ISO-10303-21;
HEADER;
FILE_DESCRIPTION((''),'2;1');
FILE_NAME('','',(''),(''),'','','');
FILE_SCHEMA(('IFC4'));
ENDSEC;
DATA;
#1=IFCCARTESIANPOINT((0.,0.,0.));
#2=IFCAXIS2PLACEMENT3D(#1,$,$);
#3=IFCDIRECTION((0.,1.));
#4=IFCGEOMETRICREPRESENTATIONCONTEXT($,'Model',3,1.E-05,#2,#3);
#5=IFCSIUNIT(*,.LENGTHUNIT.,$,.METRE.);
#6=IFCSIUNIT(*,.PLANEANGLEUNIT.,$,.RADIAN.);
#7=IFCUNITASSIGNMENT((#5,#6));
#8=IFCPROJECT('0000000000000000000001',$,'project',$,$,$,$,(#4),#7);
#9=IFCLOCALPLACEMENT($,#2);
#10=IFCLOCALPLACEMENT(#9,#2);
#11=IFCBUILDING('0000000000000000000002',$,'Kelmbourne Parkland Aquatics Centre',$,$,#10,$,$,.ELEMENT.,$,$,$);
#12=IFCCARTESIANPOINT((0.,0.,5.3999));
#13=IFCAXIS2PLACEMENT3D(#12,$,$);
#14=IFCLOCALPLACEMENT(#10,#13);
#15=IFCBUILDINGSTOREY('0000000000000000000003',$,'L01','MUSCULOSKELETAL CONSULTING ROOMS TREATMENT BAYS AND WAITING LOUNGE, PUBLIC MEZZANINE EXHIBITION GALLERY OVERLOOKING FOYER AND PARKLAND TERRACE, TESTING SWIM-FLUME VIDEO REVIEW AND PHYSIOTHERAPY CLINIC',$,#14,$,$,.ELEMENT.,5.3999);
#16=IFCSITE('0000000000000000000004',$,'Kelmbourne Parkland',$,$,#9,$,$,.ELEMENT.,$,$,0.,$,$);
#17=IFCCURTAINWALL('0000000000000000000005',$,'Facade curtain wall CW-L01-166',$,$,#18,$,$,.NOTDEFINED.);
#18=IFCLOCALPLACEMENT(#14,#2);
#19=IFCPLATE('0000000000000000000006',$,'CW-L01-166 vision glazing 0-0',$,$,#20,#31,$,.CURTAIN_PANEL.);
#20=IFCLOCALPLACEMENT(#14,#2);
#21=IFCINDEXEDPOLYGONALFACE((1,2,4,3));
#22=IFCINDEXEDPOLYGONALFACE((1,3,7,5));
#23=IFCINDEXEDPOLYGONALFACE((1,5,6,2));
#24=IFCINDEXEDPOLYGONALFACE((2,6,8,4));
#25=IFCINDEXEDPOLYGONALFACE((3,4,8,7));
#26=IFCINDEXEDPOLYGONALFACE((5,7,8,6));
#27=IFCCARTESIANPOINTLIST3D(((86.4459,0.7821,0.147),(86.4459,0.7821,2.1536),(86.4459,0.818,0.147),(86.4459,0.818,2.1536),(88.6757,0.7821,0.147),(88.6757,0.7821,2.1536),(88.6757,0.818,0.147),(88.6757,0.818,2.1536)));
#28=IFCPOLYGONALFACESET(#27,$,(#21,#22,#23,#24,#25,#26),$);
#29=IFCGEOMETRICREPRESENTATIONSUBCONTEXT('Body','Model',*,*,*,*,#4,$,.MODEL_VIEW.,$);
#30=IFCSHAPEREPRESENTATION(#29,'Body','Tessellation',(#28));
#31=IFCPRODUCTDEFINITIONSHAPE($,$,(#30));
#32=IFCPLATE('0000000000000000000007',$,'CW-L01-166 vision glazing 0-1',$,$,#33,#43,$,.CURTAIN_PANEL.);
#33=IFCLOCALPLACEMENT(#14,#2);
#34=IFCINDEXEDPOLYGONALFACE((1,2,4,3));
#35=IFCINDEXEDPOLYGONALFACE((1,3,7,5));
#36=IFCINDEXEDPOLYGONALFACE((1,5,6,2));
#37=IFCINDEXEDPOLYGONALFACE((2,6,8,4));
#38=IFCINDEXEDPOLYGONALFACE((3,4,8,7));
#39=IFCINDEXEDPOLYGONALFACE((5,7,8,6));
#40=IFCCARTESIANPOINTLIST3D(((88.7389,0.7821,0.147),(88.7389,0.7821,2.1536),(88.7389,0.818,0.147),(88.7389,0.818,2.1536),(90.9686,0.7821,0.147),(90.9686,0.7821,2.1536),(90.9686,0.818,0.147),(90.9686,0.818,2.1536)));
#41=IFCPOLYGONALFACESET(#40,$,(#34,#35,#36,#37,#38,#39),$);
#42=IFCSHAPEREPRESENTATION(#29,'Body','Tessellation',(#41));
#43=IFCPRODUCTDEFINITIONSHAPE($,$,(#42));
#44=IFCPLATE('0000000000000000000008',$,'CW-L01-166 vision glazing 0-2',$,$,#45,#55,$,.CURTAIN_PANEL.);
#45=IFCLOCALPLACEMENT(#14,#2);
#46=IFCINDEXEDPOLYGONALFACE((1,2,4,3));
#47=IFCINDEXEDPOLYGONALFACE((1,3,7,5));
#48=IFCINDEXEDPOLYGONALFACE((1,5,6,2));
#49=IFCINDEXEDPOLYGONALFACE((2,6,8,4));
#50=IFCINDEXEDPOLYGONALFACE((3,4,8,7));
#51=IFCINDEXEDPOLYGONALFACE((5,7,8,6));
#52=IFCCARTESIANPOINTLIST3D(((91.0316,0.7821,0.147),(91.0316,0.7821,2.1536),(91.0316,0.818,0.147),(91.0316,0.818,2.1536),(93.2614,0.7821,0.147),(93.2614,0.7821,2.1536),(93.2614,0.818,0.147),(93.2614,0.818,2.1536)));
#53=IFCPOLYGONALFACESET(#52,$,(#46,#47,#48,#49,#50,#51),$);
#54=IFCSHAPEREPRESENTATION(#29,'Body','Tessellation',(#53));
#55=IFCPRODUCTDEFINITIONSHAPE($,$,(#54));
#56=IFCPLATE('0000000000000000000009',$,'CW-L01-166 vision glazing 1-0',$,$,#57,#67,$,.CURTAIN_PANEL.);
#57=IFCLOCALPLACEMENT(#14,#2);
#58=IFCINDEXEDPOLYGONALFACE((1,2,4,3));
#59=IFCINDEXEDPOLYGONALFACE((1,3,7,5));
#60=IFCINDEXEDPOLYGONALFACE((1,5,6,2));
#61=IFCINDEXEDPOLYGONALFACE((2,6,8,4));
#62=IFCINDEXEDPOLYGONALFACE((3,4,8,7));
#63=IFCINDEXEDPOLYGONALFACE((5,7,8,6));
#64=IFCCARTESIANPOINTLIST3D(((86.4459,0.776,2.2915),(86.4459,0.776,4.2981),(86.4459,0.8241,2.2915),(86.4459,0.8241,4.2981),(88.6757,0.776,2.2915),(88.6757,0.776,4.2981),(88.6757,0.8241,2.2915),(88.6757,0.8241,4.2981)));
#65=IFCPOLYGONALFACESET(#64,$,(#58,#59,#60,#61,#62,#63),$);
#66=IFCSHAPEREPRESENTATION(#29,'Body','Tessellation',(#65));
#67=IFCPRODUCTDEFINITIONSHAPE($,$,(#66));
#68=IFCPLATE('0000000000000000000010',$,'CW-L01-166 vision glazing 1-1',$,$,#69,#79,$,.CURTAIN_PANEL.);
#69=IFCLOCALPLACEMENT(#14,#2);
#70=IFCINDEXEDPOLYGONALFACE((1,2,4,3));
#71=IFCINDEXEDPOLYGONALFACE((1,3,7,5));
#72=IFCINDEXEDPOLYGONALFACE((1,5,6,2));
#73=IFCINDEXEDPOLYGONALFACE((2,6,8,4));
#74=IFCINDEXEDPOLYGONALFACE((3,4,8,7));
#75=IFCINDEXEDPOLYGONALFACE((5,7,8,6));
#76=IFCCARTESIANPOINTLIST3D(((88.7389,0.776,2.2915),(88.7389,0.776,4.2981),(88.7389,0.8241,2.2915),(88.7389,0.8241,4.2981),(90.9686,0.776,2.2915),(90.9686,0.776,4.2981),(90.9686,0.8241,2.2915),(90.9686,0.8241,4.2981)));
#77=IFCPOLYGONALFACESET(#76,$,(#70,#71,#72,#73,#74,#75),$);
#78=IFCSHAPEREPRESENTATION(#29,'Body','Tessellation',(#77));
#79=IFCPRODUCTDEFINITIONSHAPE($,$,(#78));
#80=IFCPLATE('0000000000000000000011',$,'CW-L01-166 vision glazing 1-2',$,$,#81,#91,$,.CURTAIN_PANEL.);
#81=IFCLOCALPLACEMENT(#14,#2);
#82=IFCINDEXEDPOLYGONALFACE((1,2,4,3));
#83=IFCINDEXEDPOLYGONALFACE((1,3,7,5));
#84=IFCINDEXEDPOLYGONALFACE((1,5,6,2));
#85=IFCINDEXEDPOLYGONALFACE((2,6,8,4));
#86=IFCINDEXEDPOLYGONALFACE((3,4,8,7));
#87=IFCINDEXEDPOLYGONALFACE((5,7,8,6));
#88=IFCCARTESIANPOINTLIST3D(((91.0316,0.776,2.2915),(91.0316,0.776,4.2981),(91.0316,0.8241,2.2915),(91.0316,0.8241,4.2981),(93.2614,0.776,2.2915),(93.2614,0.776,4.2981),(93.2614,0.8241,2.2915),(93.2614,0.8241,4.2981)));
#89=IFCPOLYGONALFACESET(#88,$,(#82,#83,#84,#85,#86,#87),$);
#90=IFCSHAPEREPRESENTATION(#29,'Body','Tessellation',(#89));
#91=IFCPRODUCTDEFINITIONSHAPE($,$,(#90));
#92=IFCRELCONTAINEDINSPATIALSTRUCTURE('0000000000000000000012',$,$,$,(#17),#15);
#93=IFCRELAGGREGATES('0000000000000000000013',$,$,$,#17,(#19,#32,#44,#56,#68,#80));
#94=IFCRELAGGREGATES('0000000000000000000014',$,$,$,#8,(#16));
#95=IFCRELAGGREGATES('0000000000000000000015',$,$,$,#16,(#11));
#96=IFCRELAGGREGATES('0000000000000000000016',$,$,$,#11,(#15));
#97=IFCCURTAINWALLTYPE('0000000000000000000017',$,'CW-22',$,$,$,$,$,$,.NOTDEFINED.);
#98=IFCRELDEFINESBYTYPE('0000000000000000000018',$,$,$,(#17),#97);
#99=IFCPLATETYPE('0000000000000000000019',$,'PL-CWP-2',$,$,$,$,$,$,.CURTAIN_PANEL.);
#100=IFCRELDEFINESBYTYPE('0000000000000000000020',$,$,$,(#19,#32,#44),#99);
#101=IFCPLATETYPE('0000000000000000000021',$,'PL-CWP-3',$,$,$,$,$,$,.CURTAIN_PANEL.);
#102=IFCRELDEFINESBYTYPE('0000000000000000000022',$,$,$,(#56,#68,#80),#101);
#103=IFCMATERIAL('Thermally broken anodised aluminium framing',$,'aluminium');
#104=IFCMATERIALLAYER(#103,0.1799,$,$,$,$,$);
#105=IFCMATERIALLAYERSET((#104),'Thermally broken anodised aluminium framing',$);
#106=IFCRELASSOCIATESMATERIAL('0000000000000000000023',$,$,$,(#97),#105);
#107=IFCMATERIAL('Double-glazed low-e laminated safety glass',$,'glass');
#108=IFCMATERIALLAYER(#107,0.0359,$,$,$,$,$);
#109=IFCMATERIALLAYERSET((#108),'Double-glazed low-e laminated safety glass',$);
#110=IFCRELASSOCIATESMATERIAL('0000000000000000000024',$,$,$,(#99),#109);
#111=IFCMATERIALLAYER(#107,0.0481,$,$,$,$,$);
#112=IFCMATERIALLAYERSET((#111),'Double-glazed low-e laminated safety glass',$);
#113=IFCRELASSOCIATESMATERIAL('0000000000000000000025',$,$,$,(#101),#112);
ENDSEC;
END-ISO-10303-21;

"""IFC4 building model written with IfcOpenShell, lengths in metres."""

from ifc_helpers import new_model, si_unit, direction, frame, origin, origin_2d, place, context, subcontext, project, spatial, rectangle, extrude, material, layer, layer_set, type_object, element, aggregate, save


model = new_model("IFC4")

# Units and contexts
model_context = context("Model", 3, precision=1e-05, world=origin(), true_north=direction((0.0, 1.0)))
body_context = subcontext(model_context, "Body", "Model", "MODEL_VIEW")
ifc_project = project(units=[si_unit("LENGTHUNIT", "METRE"), si_unit("PLANEANGLEUNIT", "RADIAN")], contexts=[model_context])

# Site, building, storey
site_placement = place(None, origin())
site = spatial("IfcSite", under=ifc_project, at=site_placement, Name="Kelmbourne Parkland", CompositionType="ELEMENT", RefElevation=0.0)
building_placement = place(site_placement, origin())
building = spatial("IfcBuilding", under=site, at=building_placement, Name="Kelmbourne Parkland Aquatics Centre", CompositionType="ELEMENT")
storey_placement = place(building_placement, frame((0.0, 0.0, 5.3999)))
storey = spatial("IfcBuildingStorey", under=building, at=storey_placement, Name="L01", Description="MUSCULOSKELETAL CONSULTING ROOMS TREATMENT BAYS AND WAITING LOUNGE, PUBLIC MEZZANINE EXHIBITION GALLERY OVERLOOKING FOYER AND PARKLAND TERRACE, TESTING SWIM-FLUME VIDEO REVIEW AND PHYSIOTHERAPY CLINIC", CompositionType="ELEMENT", Elevation=5.3999)

# Curtain wall, plates
ifc_material_1 = material(Name="Thermally broken anodised aluminium framing", Category="aluminium")
ifc_layer_1 = layer(ifc_material_1, 0.1799)
ifc_layer_set_1 = layer_set([ifc_layer_1], Name="Thermally broken anodised aluminium framing")
curtain_wall_type = type_object("IfcCurtainWallType", Name="CW-22", PredefinedType="NOTDEFINED", material=ifc_layer_set_1)
curtain_wall_placement = place(storey_placement, origin())
curtain_wall = element("IfcCurtainWall", 1, at=curtain_wall_placement, inside=storey, type_object=curtain_wall_type, Name="Facade curtain wall CW-L01-166", PredefinedType="NOTDEFINED")
ifc_material_2 = material(Name="Double-glazed low-e laminated safety glass", Category="glass")
ifc_layer_2 = layer(ifc_material_2, 0.0359)
ifc_layer_set_2 = layer_set([ifc_layer_2], Name="Double-glazed low-e laminated safety glass")
plate_type_1 = type_object("IfcPlateType", Name="PL-CWP-2", PredefinedType="CURTAIN_PANEL", material=ifc_layer_set_2)
plate_1_placement = place(storey_placement, frame((87.5608, 0.8, 0.147), z_axis=(0.0, 0.0, 1.0), x_axis=(1.0, 0.0, 0.0)))
plate_1 = element("IfcPlate", 2, at=plate_1_placement, type_object=plate_type_1, Name="CW-L01-166 vision glazing 0-0", PredefinedType="CURTAIN_PANEL", context=body_context, shape_type="SweptSolid", body=[
    extrude(rectangle(XDim=2.2297, YDim=0.0359, at=origin_2d()), origin(), (0.0, 0.0, 1.0), 2.0066),
])
plate_2_placement = place(storey_placement, frame((89.8538, 0.8, 0.147), z_axis=(0.0, 0.0, 1.0), x_axis=(1.0, 0.0, 0.0)))
plate_2 = element("IfcPlate", 3, at=plate_2_placement, type_object=plate_type_1, Name="CW-L01-166 vision glazing 0-1", PredefinedType="CURTAIN_PANEL", context=body_context, shape_type="SweptSolid", body=[
    extrude(rectangle(XDim=2.2297, YDim=0.0359, at=origin_2d()), origin(), (0.0, 0.0, 1.0), 2.0066),
])
plate_3_placement = place(storey_placement, frame((92.1465, 0.8, 0.147), z_axis=(0.0, 0.0, 1.0), x_axis=(1.0, 0.0, 0.0)))
plate_3 = element("IfcPlate", 4, at=plate_3_placement, type_object=plate_type_1, Name="CW-L01-166 vision glazing 0-2", PredefinedType="CURTAIN_PANEL", context=body_context, shape_type="SweptSolid", body=[
    extrude(rectangle(XDim=2.2297, YDim=0.0359, at=origin_2d()), origin(), (0.0, 0.0, 1.0), 2.0066),
])
ifc_layer_3 = layer(ifc_material_2, 0.0481)
ifc_layer_set_3 = layer_set([ifc_layer_3], Name="Double-glazed low-e laminated safety glass")
plate_type_2 = type_object("IfcPlateType", Name="PL-CWP-3", PredefinedType="CURTAIN_PANEL", material=ifc_layer_set_3)
plate_4_placement = place(storey_placement, frame((87.5608, 0.8, 2.2915), z_axis=(0.0, 0.0, 1.0), x_axis=(1.0, 0.0, 0.0)))
plate_4 = element("IfcPlate", 5, at=plate_4_placement, type_object=plate_type_2, Name="CW-L01-166 vision glazing 1-0", PredefinedType="CURTAIN_PANEL", context=body_context, shape_type="SweptSolid", body=[
    extrude(rectangle(XDim=2.2297, YDim=0.0481, at=origin_2d()), origin(), (0.0, 0.0, 1.0), 2.0066),
])
plate_5_placement = place(storey_placement, frame((89.8538, 0.8, 2.2915), z_axis=(0.0, 0.0, 1.0), x_axis=(1.0, 0.0, 0.0)))
plate_5 = element("IfcPlate", 6, at=plate_5_placement, type_object=plate_type_2, Name="CW-L01-166 vision glazing 1-1", PredefinedType="CURTAIN_PANEL", context=body_context, shape_type="SweptSolid", body=[
    extrude(rectangle(XDim=2.2297, YDim=0.0481, at=origin_2d()), origin(), (0.0, 0.0, 1.0), 2.0066),
])
plate_6_placement = place(storey_placement, frame((92.1465, 0.8, 2.2915), z_axis=(0.0, 0.0, 1.0), x_axis=(1.0, 0.0, 0.0)))
plate_6 = element("IfcPlate", 7, at=plate_6_placement, type_object=plate_type_2, Name="CW-L01-166 vision glazing 1-2", PredefinedType="CURTAIN_PANEL", context=body_context, shape_type="SweptSolid", body=[
    extrude(rectangle(XDim=2.2297, YDim=0.0481, at=origin_2d()), origin(), (0.0, 0.0, 1.0), 2.0066),
])
aggregate(curtain_wall, [plate_1, plate_2, plate_3, plate_4, plate_5, plate_6])

save(model, "model.ifc")
